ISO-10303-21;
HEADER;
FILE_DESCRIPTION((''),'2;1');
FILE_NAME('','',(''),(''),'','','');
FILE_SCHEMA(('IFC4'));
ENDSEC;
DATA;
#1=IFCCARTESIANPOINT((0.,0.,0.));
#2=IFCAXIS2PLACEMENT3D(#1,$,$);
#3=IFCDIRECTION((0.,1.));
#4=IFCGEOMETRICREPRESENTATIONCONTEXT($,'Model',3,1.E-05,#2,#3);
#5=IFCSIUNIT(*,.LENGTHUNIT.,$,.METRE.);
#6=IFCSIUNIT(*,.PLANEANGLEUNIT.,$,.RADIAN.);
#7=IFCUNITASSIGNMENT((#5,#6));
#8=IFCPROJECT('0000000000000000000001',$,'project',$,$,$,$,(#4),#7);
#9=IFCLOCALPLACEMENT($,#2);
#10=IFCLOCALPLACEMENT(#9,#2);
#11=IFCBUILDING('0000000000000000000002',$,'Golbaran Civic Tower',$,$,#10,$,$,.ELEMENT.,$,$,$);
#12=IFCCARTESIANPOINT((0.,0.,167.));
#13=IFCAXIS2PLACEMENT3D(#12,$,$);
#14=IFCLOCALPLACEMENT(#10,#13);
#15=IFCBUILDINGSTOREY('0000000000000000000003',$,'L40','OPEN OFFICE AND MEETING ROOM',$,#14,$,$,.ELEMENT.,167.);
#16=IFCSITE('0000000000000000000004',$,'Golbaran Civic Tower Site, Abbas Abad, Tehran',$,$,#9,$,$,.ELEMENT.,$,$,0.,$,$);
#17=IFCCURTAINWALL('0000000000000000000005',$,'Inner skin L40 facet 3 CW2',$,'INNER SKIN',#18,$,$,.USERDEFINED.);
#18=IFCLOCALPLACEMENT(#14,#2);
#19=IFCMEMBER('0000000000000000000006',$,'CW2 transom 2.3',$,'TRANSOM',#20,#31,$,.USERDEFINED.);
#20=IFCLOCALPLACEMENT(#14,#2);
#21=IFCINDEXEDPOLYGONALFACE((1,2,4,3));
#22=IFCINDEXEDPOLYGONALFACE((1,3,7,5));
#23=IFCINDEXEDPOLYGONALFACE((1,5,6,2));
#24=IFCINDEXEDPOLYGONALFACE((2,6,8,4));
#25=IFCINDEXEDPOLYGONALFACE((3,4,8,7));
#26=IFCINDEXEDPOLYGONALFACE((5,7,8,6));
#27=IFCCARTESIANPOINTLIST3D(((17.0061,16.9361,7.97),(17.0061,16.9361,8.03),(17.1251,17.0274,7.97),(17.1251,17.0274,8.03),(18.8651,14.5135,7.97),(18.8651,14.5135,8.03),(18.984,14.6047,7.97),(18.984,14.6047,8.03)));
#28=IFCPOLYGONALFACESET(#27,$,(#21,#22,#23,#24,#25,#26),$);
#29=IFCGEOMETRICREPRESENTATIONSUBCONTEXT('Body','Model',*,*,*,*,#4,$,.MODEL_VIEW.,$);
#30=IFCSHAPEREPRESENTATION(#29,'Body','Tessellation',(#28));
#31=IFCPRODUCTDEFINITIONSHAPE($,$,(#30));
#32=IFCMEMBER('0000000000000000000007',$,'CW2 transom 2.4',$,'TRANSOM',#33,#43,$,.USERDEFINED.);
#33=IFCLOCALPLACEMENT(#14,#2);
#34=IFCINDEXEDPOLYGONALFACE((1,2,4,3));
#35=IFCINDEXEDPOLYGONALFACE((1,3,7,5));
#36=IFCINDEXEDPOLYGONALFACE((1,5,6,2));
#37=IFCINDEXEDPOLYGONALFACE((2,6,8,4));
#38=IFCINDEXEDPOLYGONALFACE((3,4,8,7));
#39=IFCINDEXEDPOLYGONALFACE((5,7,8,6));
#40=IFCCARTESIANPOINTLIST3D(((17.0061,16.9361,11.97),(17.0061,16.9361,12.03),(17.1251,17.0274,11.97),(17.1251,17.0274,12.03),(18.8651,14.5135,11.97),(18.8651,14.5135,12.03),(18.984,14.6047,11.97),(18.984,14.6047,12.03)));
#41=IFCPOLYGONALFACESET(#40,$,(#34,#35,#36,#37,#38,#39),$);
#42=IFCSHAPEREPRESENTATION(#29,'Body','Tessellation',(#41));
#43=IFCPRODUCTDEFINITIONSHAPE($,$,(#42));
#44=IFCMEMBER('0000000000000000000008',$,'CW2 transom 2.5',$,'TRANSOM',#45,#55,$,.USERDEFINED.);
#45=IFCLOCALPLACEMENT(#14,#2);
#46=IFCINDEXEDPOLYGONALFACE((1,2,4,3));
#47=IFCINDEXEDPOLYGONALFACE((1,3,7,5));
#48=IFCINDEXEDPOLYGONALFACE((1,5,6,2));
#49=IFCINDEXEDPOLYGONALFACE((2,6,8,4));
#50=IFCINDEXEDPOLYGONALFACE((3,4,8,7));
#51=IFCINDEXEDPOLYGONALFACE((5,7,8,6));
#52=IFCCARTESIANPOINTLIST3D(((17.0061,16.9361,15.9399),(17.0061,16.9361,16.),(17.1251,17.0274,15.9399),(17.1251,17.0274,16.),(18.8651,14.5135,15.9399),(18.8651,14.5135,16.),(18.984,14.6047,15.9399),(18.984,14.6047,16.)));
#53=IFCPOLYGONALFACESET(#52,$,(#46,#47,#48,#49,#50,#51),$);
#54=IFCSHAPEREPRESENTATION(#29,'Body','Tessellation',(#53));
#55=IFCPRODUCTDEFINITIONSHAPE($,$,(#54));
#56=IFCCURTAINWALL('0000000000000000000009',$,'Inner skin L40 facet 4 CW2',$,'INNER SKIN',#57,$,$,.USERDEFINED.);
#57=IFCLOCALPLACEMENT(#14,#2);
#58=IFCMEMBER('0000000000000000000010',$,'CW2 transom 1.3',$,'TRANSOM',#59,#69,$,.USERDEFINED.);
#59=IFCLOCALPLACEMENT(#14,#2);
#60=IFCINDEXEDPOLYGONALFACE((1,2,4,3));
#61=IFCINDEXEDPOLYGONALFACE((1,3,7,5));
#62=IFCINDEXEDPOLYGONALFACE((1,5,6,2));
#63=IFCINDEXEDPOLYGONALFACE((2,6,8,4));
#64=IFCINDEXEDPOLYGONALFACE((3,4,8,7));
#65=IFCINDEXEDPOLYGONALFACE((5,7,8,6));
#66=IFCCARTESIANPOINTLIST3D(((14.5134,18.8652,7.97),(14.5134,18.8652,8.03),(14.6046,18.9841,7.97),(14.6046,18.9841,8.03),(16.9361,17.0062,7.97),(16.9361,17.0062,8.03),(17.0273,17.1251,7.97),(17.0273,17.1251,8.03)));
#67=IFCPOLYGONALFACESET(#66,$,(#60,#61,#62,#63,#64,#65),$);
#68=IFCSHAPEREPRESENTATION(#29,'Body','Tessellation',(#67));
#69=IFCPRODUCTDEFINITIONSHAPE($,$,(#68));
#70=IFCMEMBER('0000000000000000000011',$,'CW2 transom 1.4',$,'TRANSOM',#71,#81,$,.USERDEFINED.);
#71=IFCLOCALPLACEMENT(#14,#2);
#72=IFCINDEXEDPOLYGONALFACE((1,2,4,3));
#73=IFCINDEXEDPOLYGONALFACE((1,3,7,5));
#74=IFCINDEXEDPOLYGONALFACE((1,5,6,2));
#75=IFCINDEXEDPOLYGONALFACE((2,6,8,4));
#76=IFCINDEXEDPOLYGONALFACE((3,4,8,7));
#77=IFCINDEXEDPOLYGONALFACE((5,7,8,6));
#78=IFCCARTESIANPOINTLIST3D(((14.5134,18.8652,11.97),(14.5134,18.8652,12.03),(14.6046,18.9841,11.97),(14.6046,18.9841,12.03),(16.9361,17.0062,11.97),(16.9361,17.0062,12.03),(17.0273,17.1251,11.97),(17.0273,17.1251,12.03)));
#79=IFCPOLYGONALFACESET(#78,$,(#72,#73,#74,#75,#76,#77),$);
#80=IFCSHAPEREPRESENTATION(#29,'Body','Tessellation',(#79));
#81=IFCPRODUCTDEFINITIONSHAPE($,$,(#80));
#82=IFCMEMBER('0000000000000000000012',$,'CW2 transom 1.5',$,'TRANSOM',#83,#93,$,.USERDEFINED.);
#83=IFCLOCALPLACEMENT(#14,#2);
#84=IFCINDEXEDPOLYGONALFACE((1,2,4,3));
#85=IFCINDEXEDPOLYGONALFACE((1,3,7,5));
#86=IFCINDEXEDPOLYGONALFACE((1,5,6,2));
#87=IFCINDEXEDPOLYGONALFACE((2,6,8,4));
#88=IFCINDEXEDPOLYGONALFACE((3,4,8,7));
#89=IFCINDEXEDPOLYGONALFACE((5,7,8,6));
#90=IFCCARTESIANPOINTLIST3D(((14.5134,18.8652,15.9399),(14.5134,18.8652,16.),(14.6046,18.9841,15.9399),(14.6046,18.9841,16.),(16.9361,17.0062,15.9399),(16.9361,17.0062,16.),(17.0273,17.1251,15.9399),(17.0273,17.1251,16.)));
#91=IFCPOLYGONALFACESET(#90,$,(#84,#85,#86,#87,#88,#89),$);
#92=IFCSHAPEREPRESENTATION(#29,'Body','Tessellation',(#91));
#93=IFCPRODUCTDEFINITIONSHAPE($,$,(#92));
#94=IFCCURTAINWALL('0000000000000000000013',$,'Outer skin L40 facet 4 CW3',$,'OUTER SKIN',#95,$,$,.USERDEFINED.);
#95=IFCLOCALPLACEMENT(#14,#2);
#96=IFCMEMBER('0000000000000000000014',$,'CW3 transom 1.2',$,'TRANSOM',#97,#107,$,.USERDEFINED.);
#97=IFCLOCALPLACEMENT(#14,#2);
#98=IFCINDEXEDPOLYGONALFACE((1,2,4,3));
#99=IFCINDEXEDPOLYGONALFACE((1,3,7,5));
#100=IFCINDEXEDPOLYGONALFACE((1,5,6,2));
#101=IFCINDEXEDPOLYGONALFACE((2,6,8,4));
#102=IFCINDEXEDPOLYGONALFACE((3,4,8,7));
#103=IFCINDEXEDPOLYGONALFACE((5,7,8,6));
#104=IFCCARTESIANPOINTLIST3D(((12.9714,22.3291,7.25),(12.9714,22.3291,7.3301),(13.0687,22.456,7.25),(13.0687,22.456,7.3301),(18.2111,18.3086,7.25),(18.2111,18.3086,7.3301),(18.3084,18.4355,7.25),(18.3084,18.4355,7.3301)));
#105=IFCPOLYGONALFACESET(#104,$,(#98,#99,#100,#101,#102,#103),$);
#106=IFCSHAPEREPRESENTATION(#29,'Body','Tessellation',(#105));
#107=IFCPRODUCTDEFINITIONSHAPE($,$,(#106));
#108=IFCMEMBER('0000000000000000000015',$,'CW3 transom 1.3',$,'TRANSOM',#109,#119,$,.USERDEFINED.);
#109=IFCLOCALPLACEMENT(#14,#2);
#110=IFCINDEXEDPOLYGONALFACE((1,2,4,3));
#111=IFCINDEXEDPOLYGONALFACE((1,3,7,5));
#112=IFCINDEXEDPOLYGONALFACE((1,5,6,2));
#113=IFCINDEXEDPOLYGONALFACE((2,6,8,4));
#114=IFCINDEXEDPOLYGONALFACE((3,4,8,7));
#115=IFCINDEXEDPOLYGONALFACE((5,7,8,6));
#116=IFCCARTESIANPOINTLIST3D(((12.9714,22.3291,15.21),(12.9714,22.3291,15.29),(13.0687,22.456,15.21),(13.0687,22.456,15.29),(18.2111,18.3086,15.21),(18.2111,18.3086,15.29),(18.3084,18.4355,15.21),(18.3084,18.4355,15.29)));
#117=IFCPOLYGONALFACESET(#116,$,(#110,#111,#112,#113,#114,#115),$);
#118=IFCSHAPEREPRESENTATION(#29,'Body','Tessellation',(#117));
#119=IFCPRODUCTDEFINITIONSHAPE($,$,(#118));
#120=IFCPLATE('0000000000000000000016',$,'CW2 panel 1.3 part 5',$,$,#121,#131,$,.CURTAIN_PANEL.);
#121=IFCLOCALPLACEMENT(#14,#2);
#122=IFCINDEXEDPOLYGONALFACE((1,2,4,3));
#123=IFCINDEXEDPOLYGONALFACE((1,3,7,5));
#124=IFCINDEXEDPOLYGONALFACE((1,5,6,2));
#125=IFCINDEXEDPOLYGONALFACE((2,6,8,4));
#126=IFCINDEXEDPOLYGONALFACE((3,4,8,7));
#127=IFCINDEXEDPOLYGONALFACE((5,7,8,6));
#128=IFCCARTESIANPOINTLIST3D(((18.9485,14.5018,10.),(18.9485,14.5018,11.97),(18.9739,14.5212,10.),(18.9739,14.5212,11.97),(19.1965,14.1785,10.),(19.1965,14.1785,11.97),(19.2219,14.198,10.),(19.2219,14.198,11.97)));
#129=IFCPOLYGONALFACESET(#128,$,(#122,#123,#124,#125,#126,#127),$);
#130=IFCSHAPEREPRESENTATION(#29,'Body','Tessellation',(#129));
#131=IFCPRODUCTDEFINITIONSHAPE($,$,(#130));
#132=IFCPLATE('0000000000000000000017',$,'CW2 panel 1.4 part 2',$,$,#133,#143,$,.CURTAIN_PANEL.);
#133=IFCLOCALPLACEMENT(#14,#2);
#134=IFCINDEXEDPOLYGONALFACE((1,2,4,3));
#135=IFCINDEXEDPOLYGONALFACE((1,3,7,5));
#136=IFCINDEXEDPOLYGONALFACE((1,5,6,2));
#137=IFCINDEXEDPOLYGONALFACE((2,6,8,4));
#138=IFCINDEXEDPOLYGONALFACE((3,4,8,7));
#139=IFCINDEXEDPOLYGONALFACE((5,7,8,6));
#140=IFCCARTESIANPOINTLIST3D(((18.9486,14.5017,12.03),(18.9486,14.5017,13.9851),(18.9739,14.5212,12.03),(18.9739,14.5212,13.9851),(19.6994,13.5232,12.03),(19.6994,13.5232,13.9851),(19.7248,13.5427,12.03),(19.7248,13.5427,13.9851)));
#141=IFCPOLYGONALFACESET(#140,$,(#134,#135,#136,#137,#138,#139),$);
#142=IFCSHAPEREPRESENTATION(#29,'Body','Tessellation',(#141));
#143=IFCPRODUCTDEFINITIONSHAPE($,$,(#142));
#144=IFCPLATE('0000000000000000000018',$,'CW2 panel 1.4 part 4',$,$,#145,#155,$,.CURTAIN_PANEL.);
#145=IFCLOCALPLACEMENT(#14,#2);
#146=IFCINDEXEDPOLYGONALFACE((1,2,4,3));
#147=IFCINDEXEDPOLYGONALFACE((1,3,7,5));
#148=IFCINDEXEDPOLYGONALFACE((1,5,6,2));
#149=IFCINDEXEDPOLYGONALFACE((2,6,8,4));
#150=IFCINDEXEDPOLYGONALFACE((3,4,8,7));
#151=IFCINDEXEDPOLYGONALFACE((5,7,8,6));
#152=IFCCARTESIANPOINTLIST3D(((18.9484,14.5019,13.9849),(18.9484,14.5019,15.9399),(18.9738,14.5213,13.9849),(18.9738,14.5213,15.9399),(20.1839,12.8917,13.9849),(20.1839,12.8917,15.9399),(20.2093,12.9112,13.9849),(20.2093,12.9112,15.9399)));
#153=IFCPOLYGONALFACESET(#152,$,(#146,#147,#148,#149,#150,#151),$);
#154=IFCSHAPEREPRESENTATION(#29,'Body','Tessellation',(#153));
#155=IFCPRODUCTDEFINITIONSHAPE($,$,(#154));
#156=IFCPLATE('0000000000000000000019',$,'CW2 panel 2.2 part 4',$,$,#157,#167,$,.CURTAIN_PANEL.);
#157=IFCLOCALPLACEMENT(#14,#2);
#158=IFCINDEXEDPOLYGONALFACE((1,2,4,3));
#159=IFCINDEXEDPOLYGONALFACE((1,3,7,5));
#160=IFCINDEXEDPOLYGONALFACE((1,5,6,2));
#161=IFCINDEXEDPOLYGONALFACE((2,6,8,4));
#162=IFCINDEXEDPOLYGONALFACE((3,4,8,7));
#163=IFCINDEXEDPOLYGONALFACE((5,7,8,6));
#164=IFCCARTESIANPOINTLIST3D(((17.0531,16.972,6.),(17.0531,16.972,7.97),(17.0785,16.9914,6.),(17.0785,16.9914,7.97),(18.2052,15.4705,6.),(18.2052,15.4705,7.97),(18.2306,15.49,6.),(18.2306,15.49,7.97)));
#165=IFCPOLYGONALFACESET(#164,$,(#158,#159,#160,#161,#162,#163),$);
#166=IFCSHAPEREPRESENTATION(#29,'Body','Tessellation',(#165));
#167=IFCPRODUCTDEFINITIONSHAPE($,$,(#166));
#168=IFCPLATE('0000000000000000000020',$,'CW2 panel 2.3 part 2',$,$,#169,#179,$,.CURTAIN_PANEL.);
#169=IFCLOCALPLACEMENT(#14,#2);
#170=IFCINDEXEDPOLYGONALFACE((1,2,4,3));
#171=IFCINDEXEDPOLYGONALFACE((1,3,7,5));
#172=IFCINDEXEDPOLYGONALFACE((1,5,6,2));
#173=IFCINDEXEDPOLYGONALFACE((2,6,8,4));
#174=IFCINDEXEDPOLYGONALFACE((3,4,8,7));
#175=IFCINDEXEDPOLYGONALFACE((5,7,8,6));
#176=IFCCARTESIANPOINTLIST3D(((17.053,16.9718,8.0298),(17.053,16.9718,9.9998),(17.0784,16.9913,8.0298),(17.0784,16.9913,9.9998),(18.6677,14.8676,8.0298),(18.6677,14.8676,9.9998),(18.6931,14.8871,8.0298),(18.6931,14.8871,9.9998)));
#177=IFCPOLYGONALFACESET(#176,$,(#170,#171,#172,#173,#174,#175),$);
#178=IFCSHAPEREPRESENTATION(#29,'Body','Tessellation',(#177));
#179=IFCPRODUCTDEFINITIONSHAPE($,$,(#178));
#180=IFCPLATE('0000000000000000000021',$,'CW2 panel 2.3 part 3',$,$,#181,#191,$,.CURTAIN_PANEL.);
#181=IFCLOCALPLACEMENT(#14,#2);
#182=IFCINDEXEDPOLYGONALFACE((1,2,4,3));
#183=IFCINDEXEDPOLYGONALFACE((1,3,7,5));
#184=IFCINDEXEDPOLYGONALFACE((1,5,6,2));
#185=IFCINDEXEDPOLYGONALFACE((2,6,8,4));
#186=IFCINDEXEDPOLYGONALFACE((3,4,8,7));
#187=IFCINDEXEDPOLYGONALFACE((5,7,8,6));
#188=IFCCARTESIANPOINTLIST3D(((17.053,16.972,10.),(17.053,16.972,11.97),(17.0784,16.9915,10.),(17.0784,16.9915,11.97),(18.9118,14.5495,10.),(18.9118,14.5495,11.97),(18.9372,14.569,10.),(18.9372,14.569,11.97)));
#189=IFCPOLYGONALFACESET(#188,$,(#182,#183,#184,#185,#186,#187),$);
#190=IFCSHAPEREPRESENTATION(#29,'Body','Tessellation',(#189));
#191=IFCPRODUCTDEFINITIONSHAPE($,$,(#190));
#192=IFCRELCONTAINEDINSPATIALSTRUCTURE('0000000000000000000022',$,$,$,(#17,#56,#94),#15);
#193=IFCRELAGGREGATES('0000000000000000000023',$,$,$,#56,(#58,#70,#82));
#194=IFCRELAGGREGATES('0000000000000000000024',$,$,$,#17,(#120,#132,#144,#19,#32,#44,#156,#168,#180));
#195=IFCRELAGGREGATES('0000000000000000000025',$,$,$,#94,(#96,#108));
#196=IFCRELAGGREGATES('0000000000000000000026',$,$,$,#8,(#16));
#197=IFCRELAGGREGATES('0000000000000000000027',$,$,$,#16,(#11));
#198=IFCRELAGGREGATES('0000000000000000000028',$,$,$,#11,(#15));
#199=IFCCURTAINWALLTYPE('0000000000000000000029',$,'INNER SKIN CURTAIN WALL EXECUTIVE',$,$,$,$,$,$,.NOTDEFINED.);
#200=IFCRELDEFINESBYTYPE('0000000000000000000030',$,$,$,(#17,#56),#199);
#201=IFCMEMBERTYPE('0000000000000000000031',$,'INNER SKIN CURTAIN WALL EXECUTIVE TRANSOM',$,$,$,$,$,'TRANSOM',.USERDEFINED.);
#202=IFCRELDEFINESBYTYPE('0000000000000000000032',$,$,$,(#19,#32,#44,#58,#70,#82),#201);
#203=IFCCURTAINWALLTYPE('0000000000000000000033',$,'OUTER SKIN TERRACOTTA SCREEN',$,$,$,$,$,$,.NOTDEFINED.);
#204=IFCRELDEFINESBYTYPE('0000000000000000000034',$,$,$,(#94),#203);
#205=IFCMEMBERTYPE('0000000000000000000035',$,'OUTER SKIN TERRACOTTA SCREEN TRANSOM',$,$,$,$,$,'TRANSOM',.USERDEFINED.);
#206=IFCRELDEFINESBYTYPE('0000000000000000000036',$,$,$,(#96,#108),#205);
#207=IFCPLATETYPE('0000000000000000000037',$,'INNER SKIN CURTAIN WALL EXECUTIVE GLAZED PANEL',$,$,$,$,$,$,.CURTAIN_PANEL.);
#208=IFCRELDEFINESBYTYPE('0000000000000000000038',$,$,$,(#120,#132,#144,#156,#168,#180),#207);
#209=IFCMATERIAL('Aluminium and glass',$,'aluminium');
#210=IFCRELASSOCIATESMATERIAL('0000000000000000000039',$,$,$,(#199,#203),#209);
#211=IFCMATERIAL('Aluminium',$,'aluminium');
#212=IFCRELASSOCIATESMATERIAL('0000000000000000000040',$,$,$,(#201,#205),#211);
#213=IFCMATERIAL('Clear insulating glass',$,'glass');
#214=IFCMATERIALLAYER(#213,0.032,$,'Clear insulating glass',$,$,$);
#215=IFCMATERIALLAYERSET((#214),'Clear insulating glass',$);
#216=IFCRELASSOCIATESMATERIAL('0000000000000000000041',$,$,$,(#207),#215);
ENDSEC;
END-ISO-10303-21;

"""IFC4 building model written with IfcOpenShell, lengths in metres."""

from ifc_helpers import new_model, si_unit, direction, frame, origin, origin_2d, place, context, subcontext, project, spatial, rectangle, extrude, material, layer, layer_set, material_profile, profile_set, type_object, element, aggregate, save


model = new_model("IFC4")

# Units and contexts
model_context = context("Model", 3, precision=1e-05, world=origin(), true_north=direction((0.0, 1.0)))
body_context = subcontext(model_context, "Body", "Model", "MODEL_VIEW")
ifc_project = project(units=[si_unit("LENGTHUNIT", "METRE"), si_unit("PLANEANGLEUNIT", "RADIAN")], contexts=[model_context])

# Site, building, storey
site_placement = place(None, origin())
site = spatial("IfcSite", under=ifc_project, at=site_placement, Name="Golbaran Civic Tower Site, Abbas Abad, Tehran", CompositionType="ELEMENT", RefElevation=0.0)
building_placement = place(site_placement, origin())
building = spatial("IfcBuilding", under=site, at=building_placement, Name="Golbaran Civic Tower", CompositionType="ELEMENT")
storey_placement = place(building_placement, frame((0.0, 0.0, 167.0)))
storey = spatial("IfcBuildingStorey", under=building, at=storey_placement, Name="L40", Description="OPEN OFFICE AND MEETING ROOM", CompositionType="ELEMENT", Elevation=167.0)

# Curtain walls, members
ifc_material_1 = material(Name="Aluminium and glass", Category="aluminium")
curtain_wall_type_1 = type_object("IfcCurtainWallType", Name="INNER SKIN CURTAIN WALL EXECUTIVE", PredefinedType="NOTDEFINED", material=ifc_material_1)
curtain_wall_1_placement = place(storey_placement, origin())
curtain_wall_1 = element("IfcCurtainWall", 1, at=curtain_wall_1_placement, inside=storey, type_object=curtain_wall_type_1, Name="Inner skin L40 facet 3 CW2", ObjectType="INNER SKIN", PredefinedType="USERDEFINED")
ifc_material_2 = material(Name="Aluminium", Category="aluminium")
ifc_material_profile_1 = material_profile(ifc_material_2, rectangle(XDim=0.1499, YDim=0.0601, at=origin_2d()), Name="INNER SKIN CURTAIN WALL EXECUTIVE TRANSOM")
ifc_profile_set_1 = profile_set([ifc_material_profile_1], Name="Aluminium")
member_type_1 = type_object("IfcMemberType", Name="INNER SKIN CURTAIN WALL EXECUTIVE TRANSOM", ElementType="TRANSOM", PredefinedType="USERDEFINED", material=ifc_profile_set_1)
member_1_placement = place(storey_placement, frame((18.9246, 14.5591, 8.0), z_axis=(-0.608752, 0.793361, 0.0), x_axis=(-0.793361, -0.608752, 0.0)))
member_1 = element("IfcMember", 2, at=member_1_placement, type_object=member_type_1, Name="CW2 transom 2.3", ObjectType="TRANSOM", PredefinedType="USERDEFINED", context=body_context, shape_type="SweptSolid", body=[
    extrude(rectangle(XDim=0.1499, YDim=0.0601, at=origin_2d()), origin(), (0.0, 0.0, 1.0), 3.0537),
])
member_2_placement = place(storey_placement, frame((18.9246, 14.5591, 12.0), z_axis=(-0.608752, 0.793361, 0.0), x_axis=(-0.793361, -0.608752, 0.0)))
member_2 = element("IfcMember", 3, at=member_2_placement, type_object=member_type_1, Name="CW2 transom 2.4", ObjectType="TRANSOM", PredefinedType="USERDEFINED", context=body_context, shape_type="SweptSolid", body=[
    extrude(rectangle(XDim=0.1499, YDim=0.0601, at=origin_2d()), origin(), (0.0, 0.0, 1.0), 3.0537),
])
member_3_placement = place(storey_placement, frame((18.9246, 14.5591, 15.97), z_axis=(-0.608752, 0.793361, 0.0), x_axis=(-0.793361, -0.608752, 0.0)))
member_3 = element("IfcMember", 4, at=member_3_placement, type_object=member_type_1, Name="CW2 transom 2.5", ObjectType="TRANSOM", PredefinedType="USERDEFINED", context=body_context, shape_type="SweptSolid", body=[
    extrude(rectangle(XDim=0.1499, YDim=0.0601, at=origin_2d()), origin(), (0.0, 0.0, 1.0), 3.0537),
])
curtain_wall_2_placement = place(storey_placement, origin())
curtain_wall_2 = element("IfcCurtainWall", 5, at=curtain_wall_2_placement, inside=storey, type_object=curtain_wall_type_1, Name="Inner skin L40 facet 4 CW2", ObjectType="INNER SKIN", PredefinedType="USERDEFINED")
member_4_placement = place(storey_placement, frame((16.9817, 17.0657, 8.0), z_axis=(-0.793361, 0.608752, 0.0), x_axis=(-0.608752, -0.793361, 0.0)))
member_4 = element("IfcMember", 6, at=member_4_placement, type_object=member_type_1, Name="CW2 transom 1.3", ObjectType="TRANSOM", PredefinedType="USERDEFINED", context=body_context, shape_type="SweptSolid", body=[
    extrude(rectangle(XDim=0.1499, YDim=0.0601, at=origin_2d()), origin(), (0.0, 0.0, 1.0), 3.0537),
])
member_5_placement = place(storey_placement, frame((16.9817, 17.0657, 12.0), z_axis=(-0.793361, 0.608752, 0.0), x_axis=(-0.608752, -0.793361, 0.0)))
member_5 = element("IfcMember", 7, at=member_5_placement, type_object=member_type_1, Name="CW2 transom 1.4", ObjectType="TRANSOM", PredefinedType="USERDEFINED", context=body_context, shape_type="SweptSolid", body=[
    extrude(rectangle(XDim=0.1499, YDim=0.0601, at=origin_2d()), origin(), (0.0, 0.0, 1.0), 3.0537),
])
member_6_placement = place(storey_placement, frame((16.9817, 17.0657, 15.97), z_axis=(-0.793361, 0.608752, 0.0), x_axis=(-0.608752, -0.793361, 0.0)))
member_6 = element("IfcMember", 8, at=member_6_placement, type_object=member_type_1, Name="CW2 transom 1.5", ObjectType="TRANSOM", PredefinedType="USERDEFINED", context=body_context, shape_type="SweptSolid", body=[
    extrude(rectangle(XDim=0.1499, YDim=0.0601, at=origin_2d()), origin(), (0.0, 0.0, 1.0), 3.0537),
])
aggregate(curtain_wall_2, [member_4, member_5, member_6])
curtain_wall_type_2 = type_object("IfcCurtainWallType", Name="OUTER SKIN TERRACOTTA SCREEN", PredefinedType="NOTDEFINED", material=ifc_material_1)
curtain_wall_3_placement = place(storey_placement, origin())
curtain_wall_3 = element("IfcCurtainWall", 9, at=curtain_wall_3_placement, inside=storey, type_object=curtain_wall_type_2, Name="Outer skin L40 facet 4 CW3", ObjectType="OUTER SKIN", PredefinedType="USERDEFINED")
ifc_material_profile_2 = material_profile(ifc_material_2, rectangle(XDim=0.1599, YDim=0.0801, at=origin_2d()), Name="OUTER SKIN TERRACOTTA SCREEN TRANSOM")
ifc_profile_set_2 = profile_set([ifc_material_profile_2], Name="Aluminium")
member_type_2 = type_object("IfcMemberType", Name="OUTER SKIN TERRACOTTA SCREEN TRANSOM", ElementType="TRANSOM", PredefinedType="USERDEFINED", material=ifc_profile_set_2)
member_7_placement = place(storey_placement, frame((18.2598, 18.3721, 7.29), z_axis=(-0.79336, 0.608753, 0.0), x_axis=(-0.608753, -0.79336, 0.0)))
member_7 = element("IfcMember", 10, at=member_7_placement, type_object=member_type_2, Name="CW3 transom 1.2", ObjectType="TRANSOM", PredefinedType="USERDEFINED", context=body_context, shape_type="SweptSolid", body=[
    extrude(rectangle(XDim=0.1599, YDim=0.0801, at=origin_2d()), origin(), (0.0, 0.0, 1.0), 6.6045),
])
member_8_placement = place(storey_placement, frame((18.2598, 18.3721, 15.25), z_axis=(-0.79336, 0.608753, 0.0), x_axis=(-0.608753, -0.79336, 0.0)))
member_8 = element("IfcMember", 11, at=member_8_placement, type_object=member_type_2, Name="CW3 transom 1.3", ObjectType="TRANSOM", PredefinedType="USERDEFINED", context=body_context, shape_type="SweptSolid", body=[
    extrude(rectangle(XDim=0.1599, YDim=0.0801, at=origin_2d()), origin(), (0.0, 0.0, 1.0), 6.6045),
])

# Plates
ifc_material_3 = material(Name="Clear insulating glass", Category="glass")
ifc_layer_1 = layer(ifc_material_3, 0.032, Name="Clear insulating glass")
ifc_layer_set_1 = layer_set([ifc_layer_1], Name="Clear insulating glass")
plate_type_1 = type_object("IfcPlateType", Name="INNER SKIN CURTAIN WALL EXECUTIVE GLAZED PANEL", PredefinedType="CURTAIN_PANEL", material=ifc_layer_set_1)
plate_1_placement = place(storey_placement, frame((19.0852, 14.3499, 10.0), z_axis=(0.0, 0.0, 1.0), x_axis=(-0.608761, 0.793353, 0.0)))
plate_1 = element("IfcPlate", 12, at=plate_1_placement, type_object=plate_type_1, Name="CW2 panel 1.3 part 5", PredefinedType="CURTAIN_PANEL", context=body_context, shape_type="SweptSolid", body=[
    extrude(rectangle(XDim=0.4075, YDim=0.032, at=origin_2d()), origin(), (0.0, 0.0, 1.0), 1.97),
])
plate_2_placement = place(storey_placement, frame((19.3367, 14.0222, 12.03), z_axis=(0.0, 0.0, 1.0), x_axis=(-0.608761, 0.793353, 0.0)))
plate_2 = element("IfcPlate", 13, at=plate_2_placement, type_object=plate_type_1, Name="CW2 panel 1.4 part 2", PredefinedType="CURTAIN_PANEL", context=body_context, shape_type="SweptSolid", body=[
    extrude(rectangle(XDim=1.2334, YDim=0.032, at=origin_2d()), origin(), (0.0, 0.0, 1.0), 1.9551),
])
plate_3_placement = place(storey_placement, frame((19.5789, 13.7065, 13.9849), z_axis=(0.0, 0.0, 1.0), x_axis=(-0.608761, 0.793353, 0.0)))
plate_3 = element("IfcPlate", 14, at=plate_3_placement, type_object=plate_type_1, Name="CW2 panel 1.4 part 4", PredefinedType="CURTAIN_PANEL", context=body_context, shape_type="SweptSolid", body=[
    extrude(rectangle(XDim=2.0295, YDim=0.032, at=origin_2d()), origin(), (0.0, 0.0, 1.0), 1.9551),
])
plate_4_placement = place(storey_placement, frame((17.6418, 16.231, 6.0), z_axis=(0.0, 0.0, 1.0), x_axis=(-0.608761, 0.793353, 0.0)))
plate_4 = element("IfcPlate", 15, at=plate_4_placement, type_object=plate_type_1, Name="CW2 panel 2.2 part 4", PredefinedType="CURTAIN_PANEL", context=body_context, shape_type="SweptSolid", body=[
    extrude(rectangle(XDim=1.8926, YDim=0.032, at=origin_2d()), origin(), (0.0, 0.0, 1.0), 1.97),
])
plate_5_placement = place(storey_placement, frame((17.873, 15.9294, 8.0298), z_axis=(0.0, 0.0, 1.0), x_axis=(-0.608761, 0.793353, 0.0)))
plate_5 = element("IfcPlate", 16, at=plate_5_placement, type_object=plate_type_1, Name="CW2 panel 2.3 part 2", PredefinedType="CURTAIN_PANEL", context=body_context, shape_type="SweptSolid", body=[
    extrude(rectangle(XDim=2.6523, YDim=0.032, at=origin_2d()), origin(), (0.0, 0.0, 1.0), 1.97),
])
plate_6_placement = place(storey_placement, frame((17.9951, 15.7705, 10.0), z_axis=(0.0, 0.0, 1.0), x_axis=(-0.608761, 0.793353, 0.0)))
plate_6 = element("IfcPlate", 17, at=plate_6_placement, type_object=plate_type_1, Name="CW2 panel 2.3 part 3", PredefinedType="CURTAIN_PANEL", context=body_context, shape_type="SweptSolid", body=[
    extrude(rectangle(XDim=3.0535, YDim=0.032, at=origin_2d()), origin(), (0.0, 0.0, 1.0), 1.97),
])
aggregate(curtain_wall_1, [plate_1, plate_2, plate_3, member_1, member_2, member_3, plate_4, plate_5, plate_6])
aggregate(curtain_wall_3, [member_7, member_8])

save(model, "model.ifc")
